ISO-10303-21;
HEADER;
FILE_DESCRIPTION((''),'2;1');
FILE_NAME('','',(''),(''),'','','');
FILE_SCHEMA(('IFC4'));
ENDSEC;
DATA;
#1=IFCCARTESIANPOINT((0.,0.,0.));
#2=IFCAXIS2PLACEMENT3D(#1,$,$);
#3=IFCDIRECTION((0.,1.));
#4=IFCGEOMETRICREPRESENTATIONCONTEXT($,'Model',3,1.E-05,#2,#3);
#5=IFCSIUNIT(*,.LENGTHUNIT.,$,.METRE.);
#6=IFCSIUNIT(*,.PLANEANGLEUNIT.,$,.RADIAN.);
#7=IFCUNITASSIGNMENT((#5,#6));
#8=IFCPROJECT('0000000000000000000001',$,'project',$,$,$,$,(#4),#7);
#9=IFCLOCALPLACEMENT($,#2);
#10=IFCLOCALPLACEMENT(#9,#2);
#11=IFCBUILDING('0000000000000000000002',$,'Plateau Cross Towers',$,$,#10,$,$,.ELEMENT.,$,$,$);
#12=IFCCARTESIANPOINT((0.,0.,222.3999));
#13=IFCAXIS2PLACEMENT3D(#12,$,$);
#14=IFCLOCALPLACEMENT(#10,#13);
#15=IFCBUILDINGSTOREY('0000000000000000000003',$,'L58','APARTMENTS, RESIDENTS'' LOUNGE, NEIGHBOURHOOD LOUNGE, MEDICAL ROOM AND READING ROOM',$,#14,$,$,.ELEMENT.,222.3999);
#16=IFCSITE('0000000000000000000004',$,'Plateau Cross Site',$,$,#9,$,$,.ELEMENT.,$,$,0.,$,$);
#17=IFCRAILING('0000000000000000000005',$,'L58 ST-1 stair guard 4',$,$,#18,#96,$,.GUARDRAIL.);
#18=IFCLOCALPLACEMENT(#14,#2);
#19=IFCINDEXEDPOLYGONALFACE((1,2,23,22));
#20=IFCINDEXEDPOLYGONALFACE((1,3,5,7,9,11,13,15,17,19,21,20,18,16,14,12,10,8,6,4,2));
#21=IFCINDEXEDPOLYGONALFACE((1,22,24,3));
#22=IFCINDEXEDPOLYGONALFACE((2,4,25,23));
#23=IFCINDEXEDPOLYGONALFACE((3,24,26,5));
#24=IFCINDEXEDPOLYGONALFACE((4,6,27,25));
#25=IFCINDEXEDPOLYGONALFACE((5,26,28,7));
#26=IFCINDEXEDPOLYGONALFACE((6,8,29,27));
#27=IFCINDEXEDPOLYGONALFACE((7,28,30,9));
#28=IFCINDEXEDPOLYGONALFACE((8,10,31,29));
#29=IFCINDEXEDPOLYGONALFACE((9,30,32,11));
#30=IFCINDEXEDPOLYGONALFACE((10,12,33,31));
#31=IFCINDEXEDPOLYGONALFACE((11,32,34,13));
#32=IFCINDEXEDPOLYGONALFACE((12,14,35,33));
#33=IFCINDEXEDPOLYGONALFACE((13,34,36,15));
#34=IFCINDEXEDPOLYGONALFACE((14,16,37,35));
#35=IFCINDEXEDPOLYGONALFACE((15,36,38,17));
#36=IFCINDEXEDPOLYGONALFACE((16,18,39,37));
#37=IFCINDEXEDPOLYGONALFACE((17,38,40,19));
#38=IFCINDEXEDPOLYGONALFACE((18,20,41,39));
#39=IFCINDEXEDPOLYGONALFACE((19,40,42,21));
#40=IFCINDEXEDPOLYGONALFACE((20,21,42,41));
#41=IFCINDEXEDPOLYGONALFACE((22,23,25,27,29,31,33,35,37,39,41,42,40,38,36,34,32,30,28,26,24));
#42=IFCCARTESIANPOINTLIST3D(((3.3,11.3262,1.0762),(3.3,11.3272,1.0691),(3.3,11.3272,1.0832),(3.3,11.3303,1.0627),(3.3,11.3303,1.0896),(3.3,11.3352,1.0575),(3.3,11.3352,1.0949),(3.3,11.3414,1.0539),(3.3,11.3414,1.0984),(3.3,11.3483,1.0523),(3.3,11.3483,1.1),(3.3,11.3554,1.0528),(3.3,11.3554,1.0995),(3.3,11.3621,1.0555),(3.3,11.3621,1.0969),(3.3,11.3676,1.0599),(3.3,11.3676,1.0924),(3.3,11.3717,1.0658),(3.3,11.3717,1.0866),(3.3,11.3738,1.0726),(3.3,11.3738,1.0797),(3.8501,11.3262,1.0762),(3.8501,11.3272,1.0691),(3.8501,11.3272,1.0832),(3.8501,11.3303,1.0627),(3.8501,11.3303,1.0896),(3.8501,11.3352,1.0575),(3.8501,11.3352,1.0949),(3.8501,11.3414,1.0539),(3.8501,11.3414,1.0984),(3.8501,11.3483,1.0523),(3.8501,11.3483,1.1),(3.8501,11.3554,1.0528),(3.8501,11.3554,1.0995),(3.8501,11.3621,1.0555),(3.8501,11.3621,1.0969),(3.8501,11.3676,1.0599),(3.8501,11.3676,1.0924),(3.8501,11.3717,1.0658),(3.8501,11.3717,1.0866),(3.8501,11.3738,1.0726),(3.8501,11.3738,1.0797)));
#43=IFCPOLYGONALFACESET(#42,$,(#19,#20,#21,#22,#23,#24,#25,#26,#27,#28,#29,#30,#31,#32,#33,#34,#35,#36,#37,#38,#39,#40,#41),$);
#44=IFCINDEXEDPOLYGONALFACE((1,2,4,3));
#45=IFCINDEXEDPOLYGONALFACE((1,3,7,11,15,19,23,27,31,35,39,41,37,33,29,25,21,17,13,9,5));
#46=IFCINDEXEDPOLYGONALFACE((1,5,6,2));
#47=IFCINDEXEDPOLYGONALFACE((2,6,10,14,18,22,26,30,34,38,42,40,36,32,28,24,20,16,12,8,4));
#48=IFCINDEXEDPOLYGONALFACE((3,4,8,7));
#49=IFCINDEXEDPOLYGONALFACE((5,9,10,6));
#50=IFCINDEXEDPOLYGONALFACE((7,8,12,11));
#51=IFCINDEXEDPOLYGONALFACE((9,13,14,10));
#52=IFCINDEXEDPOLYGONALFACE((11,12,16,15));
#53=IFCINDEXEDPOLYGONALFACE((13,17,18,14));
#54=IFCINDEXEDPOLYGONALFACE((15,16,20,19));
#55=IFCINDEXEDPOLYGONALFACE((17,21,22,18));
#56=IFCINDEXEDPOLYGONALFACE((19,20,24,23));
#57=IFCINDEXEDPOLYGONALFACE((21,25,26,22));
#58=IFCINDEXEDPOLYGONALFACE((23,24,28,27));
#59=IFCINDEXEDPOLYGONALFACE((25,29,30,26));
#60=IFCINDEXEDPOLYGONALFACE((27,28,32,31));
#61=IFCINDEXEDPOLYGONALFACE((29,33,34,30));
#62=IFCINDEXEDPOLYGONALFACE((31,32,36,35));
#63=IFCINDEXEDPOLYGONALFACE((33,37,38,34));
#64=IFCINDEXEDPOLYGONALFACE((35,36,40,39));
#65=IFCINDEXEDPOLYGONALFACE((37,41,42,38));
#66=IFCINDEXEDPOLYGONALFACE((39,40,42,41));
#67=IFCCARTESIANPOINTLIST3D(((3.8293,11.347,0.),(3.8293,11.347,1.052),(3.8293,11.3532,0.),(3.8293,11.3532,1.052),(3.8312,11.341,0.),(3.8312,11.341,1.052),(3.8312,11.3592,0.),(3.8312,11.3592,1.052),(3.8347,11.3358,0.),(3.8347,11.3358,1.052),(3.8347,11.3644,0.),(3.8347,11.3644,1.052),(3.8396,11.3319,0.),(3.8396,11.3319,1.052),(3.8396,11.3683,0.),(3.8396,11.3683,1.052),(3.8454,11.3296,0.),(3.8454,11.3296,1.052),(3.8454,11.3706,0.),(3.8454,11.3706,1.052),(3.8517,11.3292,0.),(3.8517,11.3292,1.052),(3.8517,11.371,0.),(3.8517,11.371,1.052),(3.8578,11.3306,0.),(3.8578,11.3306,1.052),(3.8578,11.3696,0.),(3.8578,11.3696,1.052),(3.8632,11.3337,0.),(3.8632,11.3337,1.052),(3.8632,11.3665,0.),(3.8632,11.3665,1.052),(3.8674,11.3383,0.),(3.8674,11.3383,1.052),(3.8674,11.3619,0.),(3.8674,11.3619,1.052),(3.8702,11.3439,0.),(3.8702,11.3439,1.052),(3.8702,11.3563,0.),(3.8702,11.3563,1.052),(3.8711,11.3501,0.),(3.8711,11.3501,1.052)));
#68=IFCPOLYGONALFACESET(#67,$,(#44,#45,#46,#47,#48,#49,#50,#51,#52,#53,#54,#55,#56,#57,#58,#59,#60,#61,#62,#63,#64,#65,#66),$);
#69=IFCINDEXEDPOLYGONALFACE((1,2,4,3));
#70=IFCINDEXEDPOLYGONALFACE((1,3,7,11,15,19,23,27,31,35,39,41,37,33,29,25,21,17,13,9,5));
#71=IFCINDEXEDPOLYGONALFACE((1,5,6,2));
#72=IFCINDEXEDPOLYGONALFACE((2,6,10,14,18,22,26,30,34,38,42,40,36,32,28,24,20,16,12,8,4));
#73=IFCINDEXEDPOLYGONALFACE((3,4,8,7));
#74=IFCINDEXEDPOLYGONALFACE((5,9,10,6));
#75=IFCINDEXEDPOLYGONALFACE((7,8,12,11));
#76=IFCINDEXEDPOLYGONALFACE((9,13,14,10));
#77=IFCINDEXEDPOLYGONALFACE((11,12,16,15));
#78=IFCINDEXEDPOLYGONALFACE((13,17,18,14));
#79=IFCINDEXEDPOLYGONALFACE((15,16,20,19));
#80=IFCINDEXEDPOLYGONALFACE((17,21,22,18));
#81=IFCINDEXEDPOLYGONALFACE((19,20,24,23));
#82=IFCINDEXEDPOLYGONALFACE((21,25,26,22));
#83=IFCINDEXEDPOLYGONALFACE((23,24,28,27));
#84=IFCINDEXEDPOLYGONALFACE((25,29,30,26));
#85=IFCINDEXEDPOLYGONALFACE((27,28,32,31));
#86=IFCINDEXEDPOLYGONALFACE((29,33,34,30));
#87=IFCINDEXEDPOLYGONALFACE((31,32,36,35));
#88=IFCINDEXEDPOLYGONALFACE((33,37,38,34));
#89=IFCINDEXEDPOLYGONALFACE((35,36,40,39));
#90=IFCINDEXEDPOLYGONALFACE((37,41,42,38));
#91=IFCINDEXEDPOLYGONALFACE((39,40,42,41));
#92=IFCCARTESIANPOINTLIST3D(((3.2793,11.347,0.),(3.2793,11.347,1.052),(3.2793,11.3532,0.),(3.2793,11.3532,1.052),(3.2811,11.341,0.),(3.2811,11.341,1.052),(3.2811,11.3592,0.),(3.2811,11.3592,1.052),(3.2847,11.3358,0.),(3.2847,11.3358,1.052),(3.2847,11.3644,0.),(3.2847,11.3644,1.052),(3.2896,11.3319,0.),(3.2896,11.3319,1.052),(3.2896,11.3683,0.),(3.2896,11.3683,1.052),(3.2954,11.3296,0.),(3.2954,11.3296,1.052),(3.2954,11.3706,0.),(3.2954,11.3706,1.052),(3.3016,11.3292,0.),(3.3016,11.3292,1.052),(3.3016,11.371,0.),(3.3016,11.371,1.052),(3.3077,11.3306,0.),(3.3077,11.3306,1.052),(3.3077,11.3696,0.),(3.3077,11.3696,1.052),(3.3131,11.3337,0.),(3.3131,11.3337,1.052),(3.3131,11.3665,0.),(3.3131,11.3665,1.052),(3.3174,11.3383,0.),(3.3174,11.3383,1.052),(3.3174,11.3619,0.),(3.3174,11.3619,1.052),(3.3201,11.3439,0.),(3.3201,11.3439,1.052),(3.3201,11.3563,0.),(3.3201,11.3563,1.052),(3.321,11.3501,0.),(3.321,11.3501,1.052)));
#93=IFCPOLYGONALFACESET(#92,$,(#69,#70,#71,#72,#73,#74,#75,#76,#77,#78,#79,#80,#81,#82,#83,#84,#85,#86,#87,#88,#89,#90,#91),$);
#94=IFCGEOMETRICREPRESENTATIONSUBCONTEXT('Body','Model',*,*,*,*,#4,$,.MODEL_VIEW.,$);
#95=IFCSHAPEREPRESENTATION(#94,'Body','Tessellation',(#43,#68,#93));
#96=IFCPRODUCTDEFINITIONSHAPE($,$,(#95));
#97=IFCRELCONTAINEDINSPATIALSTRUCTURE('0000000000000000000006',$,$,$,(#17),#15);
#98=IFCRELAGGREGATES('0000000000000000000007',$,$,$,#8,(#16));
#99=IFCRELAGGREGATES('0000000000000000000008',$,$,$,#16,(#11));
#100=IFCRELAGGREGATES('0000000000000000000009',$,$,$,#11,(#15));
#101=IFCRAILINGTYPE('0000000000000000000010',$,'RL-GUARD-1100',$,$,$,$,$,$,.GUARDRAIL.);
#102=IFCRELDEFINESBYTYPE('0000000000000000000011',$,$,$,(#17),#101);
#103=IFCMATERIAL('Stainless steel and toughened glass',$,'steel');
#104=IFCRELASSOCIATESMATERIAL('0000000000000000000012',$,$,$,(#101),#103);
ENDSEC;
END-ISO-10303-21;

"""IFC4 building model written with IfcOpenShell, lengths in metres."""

from ifc_helpers import new_model, si_unit, direction, frame, origin, origin_2d, place, context, subcontext, project, spatial, circle, extrude, material, type_object, element, save


model = new_model("IFC4")

# Units and contexts
model_context = context("Model", 3, precision=1e-05, world=origin(), true_north=direction((0.0, 1.0)))
body_context = subcontext(model_context, "Body", "Model", "MODEL_VIEW")
ifc_project = project(units=[si_unit("LENGTHUNIT", "METRE"), si_unit("PLANEANGLEUNIT", "RADIAN")], contexts=[model_context])

# Site, building, storey
site_placement = place(None, origin())
site = spatial("IfcSite", under=ifc_project, at=site_placement, Name="Plateau Cross Site", CompositionType="ELEMENT", RefElevation=0.0)
building_placement = place(site_placement, origin())
building = spatial("IfcBuilding", under=site, at=building_placement, Name="Plateau Cross Towers", CompositionType="ELEMENT")
storey_placement = place(building_placement, frame((0.0, 0.0, 222.3999)))
storey = spatial("IfcBuildingStorey", under=building, at=storey_placement, Name="L58", Description="APARTMENTS, RESIDENTS' LOUNGE, NEIGHBOURHOOD LOUNGE, MEDICAL ROOM AND READING ROOM", CompositionType="ELEMENT", Elevation=222.3999)

# Railing
ifc_material_1 = material(Name="Stainless steel and toughened glass", Category="steel")
railing_type_1 = type_object("IfcRailingType", Name="RL-GUARD-1100", PredefinedType="GUARDRAIL", material=ifc_material_1)
railing_1_placement = place(storey_placement, frame((3.8501, 11.3501, 0.0)))
element("IfcRailing", 1, at=railing_1_placement, inside=storey, type_object=railing_type_1, Name="L58 ST-1 stair guard 4", PredefinedType="GUARDRAIL", context=body_context, shape_type="SweptSolid", body=[
    extrude(circle(Radius=0.0239, at=origin_2d()), frame((0.0, 0.0, 1.0762), z_axis=(-1.0, 0.0, 0.0), x_axis=(0.0, -1.0, 0.0)), (0.0, 0.0, 1.0), 0.55),
    extrude(circle(Radius=0.021, at=origin_2d()), origin(), (0.0, 0.0, 1.0), 1.052),
    extrude(circle(Radius=0.021, at=origin_2d()), frame((-0.55, 0.0, 0.0)), (0.0, 0.0, 1.0), 1.052),
])

save(model, "model.ifc")
